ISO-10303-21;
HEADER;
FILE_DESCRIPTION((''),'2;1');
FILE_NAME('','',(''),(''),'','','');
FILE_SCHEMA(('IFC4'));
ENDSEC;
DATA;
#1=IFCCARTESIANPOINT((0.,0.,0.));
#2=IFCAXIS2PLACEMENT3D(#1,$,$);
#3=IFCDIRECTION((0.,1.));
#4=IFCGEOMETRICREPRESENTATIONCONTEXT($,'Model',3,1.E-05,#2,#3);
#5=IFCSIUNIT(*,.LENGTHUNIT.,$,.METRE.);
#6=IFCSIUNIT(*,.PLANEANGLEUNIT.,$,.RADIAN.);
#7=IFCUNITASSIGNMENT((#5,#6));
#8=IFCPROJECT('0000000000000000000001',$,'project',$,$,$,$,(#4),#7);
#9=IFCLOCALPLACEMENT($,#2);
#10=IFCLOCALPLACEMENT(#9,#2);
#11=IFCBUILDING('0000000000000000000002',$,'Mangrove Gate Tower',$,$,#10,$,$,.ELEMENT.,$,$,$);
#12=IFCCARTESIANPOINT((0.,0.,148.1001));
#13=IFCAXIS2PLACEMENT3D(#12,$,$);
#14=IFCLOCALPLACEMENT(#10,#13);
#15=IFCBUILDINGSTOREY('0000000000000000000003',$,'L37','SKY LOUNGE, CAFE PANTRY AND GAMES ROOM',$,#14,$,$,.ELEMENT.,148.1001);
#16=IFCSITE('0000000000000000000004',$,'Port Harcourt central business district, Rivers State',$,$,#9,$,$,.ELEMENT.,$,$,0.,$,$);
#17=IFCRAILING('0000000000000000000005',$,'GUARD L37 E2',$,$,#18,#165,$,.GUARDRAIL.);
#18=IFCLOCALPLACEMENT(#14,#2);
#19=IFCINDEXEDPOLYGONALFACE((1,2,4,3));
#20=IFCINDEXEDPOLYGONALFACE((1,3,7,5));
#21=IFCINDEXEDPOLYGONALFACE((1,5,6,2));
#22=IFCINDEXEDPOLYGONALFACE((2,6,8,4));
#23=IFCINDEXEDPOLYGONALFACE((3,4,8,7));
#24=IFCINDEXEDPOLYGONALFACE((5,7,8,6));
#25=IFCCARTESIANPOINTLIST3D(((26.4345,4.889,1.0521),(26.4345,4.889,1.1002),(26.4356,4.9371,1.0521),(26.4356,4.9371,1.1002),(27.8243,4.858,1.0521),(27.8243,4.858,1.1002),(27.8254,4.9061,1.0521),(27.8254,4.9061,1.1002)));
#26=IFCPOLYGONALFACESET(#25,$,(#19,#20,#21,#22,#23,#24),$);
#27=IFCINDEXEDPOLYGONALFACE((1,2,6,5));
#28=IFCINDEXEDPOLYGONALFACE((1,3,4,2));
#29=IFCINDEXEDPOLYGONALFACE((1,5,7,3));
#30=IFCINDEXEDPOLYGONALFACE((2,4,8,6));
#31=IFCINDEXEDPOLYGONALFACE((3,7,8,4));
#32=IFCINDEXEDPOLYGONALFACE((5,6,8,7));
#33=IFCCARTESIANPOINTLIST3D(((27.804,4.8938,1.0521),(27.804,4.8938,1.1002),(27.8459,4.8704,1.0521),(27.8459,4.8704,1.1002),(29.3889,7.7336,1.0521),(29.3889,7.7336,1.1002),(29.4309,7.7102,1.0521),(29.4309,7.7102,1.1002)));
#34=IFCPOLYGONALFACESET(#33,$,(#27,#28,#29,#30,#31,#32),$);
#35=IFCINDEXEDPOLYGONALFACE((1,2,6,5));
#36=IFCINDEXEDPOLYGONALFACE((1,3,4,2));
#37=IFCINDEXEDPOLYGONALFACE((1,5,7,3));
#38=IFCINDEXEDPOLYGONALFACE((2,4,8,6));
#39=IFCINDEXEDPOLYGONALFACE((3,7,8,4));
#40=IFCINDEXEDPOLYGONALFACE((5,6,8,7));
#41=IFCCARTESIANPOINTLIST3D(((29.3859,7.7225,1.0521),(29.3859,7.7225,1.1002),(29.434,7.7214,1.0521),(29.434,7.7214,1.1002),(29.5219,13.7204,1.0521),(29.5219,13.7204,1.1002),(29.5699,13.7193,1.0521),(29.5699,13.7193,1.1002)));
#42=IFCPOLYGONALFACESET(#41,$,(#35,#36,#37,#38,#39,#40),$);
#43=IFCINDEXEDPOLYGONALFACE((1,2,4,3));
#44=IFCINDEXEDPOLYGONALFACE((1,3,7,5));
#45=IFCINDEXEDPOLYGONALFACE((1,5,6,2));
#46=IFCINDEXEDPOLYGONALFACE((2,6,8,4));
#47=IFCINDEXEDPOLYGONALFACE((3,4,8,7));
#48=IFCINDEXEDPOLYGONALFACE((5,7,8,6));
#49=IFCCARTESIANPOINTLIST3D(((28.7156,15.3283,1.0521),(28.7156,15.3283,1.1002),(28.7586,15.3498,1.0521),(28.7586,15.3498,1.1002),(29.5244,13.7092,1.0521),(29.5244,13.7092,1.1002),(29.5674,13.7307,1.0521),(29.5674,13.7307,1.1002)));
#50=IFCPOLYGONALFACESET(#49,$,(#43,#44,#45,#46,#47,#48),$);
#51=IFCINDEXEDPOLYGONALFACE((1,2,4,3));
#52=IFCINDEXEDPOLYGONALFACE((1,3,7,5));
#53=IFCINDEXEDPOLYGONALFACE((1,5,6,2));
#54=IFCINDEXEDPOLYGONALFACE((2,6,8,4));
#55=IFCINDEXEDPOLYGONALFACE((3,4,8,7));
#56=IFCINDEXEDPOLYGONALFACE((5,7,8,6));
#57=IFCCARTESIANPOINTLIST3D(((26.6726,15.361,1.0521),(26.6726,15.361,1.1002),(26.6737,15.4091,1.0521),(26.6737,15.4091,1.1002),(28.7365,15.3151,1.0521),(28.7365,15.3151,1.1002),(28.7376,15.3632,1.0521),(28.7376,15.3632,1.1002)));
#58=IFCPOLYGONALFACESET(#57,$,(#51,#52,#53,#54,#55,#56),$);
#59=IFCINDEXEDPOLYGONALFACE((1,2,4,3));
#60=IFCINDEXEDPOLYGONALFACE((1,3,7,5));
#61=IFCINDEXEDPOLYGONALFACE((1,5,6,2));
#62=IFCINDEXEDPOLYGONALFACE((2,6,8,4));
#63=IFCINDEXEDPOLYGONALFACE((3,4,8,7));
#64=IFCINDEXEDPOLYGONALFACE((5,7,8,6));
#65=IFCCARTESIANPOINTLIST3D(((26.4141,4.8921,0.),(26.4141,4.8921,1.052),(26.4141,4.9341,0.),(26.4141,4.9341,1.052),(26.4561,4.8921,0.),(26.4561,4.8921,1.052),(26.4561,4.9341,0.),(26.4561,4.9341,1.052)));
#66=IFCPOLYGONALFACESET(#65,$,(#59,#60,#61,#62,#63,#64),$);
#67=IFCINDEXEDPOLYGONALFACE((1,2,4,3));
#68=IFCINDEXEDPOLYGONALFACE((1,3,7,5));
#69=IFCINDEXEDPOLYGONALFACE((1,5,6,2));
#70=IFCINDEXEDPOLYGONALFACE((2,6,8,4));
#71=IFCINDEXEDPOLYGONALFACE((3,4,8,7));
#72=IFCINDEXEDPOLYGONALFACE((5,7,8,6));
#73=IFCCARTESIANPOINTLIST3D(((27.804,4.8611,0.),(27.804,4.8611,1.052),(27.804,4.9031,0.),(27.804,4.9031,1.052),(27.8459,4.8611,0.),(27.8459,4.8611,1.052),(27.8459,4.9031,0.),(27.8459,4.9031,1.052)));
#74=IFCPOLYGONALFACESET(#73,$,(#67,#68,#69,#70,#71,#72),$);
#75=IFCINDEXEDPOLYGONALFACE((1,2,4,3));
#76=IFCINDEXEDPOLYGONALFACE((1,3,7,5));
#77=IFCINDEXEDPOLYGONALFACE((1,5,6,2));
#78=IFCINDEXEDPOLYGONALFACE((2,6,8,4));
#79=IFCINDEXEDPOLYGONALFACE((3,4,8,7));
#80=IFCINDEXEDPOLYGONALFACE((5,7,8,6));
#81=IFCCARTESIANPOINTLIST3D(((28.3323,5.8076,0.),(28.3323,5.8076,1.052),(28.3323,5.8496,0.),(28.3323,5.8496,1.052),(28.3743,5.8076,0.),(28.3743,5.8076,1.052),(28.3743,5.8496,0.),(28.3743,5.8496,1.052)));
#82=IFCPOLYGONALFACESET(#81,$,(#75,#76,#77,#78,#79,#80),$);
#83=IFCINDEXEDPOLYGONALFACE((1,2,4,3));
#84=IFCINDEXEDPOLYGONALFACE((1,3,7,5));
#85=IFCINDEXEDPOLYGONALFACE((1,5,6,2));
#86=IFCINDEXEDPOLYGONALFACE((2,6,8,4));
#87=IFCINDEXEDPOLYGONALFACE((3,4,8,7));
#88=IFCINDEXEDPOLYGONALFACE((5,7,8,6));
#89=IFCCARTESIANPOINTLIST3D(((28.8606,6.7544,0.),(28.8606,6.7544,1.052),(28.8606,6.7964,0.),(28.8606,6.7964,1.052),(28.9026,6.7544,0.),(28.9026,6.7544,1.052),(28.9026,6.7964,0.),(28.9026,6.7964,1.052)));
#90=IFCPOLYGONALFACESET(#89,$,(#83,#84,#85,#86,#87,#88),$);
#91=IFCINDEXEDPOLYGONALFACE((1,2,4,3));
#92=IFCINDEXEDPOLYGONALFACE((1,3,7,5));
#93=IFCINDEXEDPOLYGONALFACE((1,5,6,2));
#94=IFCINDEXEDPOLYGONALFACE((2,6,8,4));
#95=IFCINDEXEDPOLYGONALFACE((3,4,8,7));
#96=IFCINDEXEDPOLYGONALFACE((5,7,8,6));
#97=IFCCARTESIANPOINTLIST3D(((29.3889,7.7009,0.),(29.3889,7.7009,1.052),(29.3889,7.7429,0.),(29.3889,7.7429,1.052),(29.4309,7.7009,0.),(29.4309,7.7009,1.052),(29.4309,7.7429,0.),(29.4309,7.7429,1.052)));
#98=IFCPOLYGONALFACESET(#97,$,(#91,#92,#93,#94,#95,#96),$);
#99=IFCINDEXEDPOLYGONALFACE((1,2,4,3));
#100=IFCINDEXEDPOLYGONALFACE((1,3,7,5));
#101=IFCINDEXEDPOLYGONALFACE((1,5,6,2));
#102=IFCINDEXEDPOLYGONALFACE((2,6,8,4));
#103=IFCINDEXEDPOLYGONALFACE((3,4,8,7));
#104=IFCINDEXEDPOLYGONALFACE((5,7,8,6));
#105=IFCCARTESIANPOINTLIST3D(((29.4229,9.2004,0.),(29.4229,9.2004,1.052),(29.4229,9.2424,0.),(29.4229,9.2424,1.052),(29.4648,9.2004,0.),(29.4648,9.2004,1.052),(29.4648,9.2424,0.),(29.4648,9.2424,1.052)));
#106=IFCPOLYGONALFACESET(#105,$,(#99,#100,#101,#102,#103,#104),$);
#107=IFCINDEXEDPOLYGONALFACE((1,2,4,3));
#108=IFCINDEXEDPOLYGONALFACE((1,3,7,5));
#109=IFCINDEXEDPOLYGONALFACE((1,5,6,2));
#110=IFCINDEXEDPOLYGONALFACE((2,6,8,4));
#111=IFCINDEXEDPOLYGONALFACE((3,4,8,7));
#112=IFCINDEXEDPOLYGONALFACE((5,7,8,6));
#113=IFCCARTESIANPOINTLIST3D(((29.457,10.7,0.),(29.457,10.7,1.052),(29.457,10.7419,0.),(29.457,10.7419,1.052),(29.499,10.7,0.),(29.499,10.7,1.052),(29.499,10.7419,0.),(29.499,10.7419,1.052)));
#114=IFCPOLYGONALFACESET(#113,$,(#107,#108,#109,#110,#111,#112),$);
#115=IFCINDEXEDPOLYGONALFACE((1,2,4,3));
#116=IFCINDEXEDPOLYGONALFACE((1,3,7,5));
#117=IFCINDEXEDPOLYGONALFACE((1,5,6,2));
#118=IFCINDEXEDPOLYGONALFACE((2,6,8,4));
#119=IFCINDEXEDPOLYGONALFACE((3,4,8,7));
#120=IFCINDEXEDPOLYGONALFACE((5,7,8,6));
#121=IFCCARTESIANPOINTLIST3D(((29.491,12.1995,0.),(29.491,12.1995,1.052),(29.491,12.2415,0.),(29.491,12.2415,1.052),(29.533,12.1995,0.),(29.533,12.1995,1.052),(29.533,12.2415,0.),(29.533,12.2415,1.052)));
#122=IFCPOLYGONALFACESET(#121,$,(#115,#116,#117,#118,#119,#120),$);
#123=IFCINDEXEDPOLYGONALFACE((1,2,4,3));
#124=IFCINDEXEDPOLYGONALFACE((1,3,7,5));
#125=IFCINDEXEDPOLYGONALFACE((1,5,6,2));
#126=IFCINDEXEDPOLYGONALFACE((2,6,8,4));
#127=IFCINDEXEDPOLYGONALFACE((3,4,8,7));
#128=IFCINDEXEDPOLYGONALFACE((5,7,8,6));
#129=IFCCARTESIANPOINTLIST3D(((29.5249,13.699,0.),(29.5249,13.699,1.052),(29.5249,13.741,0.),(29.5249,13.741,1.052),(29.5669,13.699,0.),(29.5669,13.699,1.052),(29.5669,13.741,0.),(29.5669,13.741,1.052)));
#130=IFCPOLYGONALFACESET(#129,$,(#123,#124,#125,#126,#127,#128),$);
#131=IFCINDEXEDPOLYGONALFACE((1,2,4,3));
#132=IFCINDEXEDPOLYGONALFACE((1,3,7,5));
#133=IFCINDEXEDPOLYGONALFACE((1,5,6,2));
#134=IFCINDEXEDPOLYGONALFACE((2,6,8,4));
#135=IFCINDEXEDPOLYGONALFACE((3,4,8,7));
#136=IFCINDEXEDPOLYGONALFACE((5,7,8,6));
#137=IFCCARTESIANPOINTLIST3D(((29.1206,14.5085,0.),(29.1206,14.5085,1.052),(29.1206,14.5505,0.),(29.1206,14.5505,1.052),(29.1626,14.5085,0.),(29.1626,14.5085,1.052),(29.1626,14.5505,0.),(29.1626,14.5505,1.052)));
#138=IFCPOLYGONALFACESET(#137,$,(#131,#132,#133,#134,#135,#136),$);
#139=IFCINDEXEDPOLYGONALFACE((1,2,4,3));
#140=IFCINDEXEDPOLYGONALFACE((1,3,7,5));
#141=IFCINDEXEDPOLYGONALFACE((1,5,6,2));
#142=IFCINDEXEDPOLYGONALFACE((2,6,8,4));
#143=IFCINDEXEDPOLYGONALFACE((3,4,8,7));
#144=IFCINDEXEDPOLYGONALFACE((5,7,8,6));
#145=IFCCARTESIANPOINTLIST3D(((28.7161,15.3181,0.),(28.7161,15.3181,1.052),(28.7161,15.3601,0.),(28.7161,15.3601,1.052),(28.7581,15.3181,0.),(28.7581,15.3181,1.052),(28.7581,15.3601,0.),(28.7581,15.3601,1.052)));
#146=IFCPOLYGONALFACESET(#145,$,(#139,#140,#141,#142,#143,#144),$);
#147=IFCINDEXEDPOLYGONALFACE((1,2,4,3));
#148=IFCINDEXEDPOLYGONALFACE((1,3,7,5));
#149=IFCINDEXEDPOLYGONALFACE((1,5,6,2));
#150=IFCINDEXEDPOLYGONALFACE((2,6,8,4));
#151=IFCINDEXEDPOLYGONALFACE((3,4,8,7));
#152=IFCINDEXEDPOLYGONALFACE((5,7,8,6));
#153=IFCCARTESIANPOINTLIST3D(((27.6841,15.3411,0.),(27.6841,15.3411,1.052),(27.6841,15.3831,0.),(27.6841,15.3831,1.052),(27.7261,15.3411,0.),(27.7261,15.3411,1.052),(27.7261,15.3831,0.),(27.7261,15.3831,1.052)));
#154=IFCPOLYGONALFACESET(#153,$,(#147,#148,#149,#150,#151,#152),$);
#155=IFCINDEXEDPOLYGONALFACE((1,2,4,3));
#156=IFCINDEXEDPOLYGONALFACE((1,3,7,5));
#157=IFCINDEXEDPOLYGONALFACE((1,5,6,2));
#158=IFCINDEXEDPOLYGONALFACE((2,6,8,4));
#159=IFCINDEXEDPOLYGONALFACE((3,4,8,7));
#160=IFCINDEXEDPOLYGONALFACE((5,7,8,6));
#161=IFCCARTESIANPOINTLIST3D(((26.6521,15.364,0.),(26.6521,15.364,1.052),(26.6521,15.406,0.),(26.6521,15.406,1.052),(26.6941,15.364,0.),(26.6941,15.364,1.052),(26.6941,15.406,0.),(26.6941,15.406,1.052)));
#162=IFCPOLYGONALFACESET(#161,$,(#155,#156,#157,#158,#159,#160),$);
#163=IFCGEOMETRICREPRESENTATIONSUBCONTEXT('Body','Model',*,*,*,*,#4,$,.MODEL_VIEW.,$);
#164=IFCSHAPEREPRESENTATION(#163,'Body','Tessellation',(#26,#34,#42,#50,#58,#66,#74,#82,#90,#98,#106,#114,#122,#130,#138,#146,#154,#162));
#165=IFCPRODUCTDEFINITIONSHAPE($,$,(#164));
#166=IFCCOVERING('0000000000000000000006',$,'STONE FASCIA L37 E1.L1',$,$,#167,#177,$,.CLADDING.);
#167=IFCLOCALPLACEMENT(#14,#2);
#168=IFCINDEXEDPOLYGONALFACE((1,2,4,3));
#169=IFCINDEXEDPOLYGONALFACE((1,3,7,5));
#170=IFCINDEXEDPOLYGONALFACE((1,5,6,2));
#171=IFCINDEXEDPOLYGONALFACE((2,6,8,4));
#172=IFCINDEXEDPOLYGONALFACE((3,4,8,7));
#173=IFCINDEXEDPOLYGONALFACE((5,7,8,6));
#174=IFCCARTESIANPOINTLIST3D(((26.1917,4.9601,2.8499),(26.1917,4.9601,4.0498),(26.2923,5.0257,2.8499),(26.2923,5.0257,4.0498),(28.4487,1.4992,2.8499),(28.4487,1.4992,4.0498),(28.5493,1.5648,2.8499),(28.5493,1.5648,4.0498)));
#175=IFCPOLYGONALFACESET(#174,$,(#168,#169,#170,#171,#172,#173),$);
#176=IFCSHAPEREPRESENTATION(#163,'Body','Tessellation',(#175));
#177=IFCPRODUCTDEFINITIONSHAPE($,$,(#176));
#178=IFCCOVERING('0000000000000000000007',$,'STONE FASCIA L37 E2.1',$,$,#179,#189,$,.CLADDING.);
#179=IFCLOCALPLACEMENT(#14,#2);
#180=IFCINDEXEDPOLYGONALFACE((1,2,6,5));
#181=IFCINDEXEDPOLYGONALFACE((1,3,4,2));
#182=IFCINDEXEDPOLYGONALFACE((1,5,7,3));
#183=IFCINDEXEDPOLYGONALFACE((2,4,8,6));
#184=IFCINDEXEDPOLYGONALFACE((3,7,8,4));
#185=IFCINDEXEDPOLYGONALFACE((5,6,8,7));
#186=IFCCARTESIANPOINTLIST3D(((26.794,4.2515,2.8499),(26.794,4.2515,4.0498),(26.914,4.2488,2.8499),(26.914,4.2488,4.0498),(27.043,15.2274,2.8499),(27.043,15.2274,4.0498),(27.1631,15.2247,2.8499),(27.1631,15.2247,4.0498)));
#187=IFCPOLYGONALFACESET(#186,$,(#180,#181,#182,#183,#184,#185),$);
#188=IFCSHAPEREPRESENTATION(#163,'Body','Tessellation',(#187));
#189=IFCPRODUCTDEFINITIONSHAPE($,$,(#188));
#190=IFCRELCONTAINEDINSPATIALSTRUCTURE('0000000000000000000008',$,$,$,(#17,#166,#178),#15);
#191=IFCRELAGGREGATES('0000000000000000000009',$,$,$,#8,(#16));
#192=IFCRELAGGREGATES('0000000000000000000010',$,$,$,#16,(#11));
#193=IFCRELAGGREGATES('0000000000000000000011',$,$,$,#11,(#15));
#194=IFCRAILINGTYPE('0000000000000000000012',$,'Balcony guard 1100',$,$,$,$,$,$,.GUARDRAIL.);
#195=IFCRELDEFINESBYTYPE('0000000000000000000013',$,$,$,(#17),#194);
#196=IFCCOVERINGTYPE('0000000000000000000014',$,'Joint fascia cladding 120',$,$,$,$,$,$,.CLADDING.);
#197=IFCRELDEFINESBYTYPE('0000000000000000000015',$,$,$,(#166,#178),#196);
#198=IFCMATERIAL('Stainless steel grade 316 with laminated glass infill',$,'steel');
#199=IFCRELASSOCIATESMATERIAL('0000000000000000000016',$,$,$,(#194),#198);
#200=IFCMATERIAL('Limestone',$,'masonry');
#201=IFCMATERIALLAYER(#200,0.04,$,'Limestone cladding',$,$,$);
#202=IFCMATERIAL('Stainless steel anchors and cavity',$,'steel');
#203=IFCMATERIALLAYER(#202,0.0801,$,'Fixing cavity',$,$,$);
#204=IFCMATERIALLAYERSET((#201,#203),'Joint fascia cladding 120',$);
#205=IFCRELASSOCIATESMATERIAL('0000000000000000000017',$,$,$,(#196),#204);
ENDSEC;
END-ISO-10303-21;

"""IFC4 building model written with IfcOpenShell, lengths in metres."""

from ifc_helpers import new_model, si_unit, direction, frame, frame_2d, origin, origin_2d, place, context, subcontext, project, spatial, rectangle, extrude, material, layer, layer_set, type_object, element, save


model = new_model("IFC4")

# Units and contexts
model_context = context("Model", 3, precision=1e-05, world=origin(), true_north=direction((0.0, 1.0)))
body_context = subcontext(model_context, "Body", "Model", "MODEL_VIEW")
ifc_project = project(units=[si_unit("LENGTHUNIT", "METRE"), si_unit("PLANEANGLEUNIT", "RADIAN")], contexts=[model_context])

# Site, building, storey
site_placement = place(None, origin())
site = spatial("IfcSite", under=ifc_project, at=site_placement, Name="Port Harcourt central business district, Rivers State", CompositionType="ELEMENT", RefElevation=0.0)
building_placement = place(site_placement, origin())
building = spatial("IfcBuilding", under=site, at=building_placement, Name="Mangrove Gate Tower", CompositionType="ELEMENT")
storey_placement = place(building_placement, frame((0.0, 0.0, 148.1001)))
storey = spatial("IfcBuildingStorey", under=building, at=storey_placement, Name="L37", Description="SKY LOUNGE, CAFE PANTRY AND GAMES ROOM", CompositionType="ELEMENT", Elevation=148.1001)

# Shared definitions
ifc_material_1 = material(Name="Limestone", Category="masonry")

# Railing
ifc_material_2 = material(Name="Stainless steel grade 316 with laminated glass infill", Category="steel")
railing_type = type_object("IfcRailingType", Name="Balcony guard 1100", PredefinedType="GUARDRAIL", material=ifc_material_2)
railing_placement = place(storey_placement, frame((26.4351, 4.9131, 0.0)))
element("IfcRailing", 1, at=railing_placement, inside=storey, type_object=railing_type, Name="GUARD L37 E2", PredefinedType="GUARDRAIL", context=body_context, shape_type="SweptSolid", body=[
    extrude(rectangle(XDim=0.0481, YDim=0.0481, at=origin_2d()), frame((0.0, 0.0, 1.0762), z_axis=(0.999751, -0.022303, 0.0), x_axis=(0.022303, 0.999751, 0.0)), (0.0, 0.0, 1.0), 1.3901),
    extrude(rectangle(XDim=0.0481, YDim=0.0481, at=origin_2d()), frame((1.3899, -0.031, 1.0762), z_axis=(0.48735, 0.873207, 0.0), x_axis=(-0.873207, 0.48735, 0.0)), (0.0, 0.0, 1.0), 3.2522),
    extrude(rectangle(XDim=0.0481, YDim=0.0481, at=origin_2d()), frame((2.9749, 2.8088, 1.0762), z_axis=(0.022666, 0.999743, 0.0), x_axis=(-0.999743, 0.022666, 0.0)), (0.0, 0.0, 1.0), 5.9995),
    extrude(rectangle(XDim=0.0481, YDim=0.0481, at=origin_2d()), frame((3.1108, 8.8069, 1.0762), z_axis=(-0.44689, 0.894589, 0.0), x_axis=(-0.894589, -0.44689, 0.0)), (0.0, 0.0, 1.0), 1.8098),
    extrude(rectangle(XDim=0.0481, YDim=0.0481, at=origin_2d()), frame((2.302, 10.426, 1.0762), z_axis=(-0.999753, 0.022232, 0.0), x_axis=(-0.022232, -0.999753, 0.0)), (0.0, 0.0, 1.0), 2.0645),
    extrude(rectangle(XDim=0.042, YDim=0.042, at=origin_2d()), origin(), (0.0, 0.0, 1.0), 1.052),
    extrude(rectangle(XDim=0.042, YDim=0.042, at=origin_2d()), frame((1.3899, -0.031, 0.0)), (0.0, 0.0, 1.0), 1.052),
    extrude(rectangle(XDim=0.042, YDim=0.042, at=origin_2d()), frame((1.9182, 0.9155, 0.0)), (0.0, 0.0, 1.0), 1.052),
    extrude(rectangle(XDim=0.042, YDim=0.042, at=origin_2d()), frame((2.4465, 1.8623, 0.0)), (0.0, 0.0, 1.0), 1.052),
    extrude(rectangle(XDim=0.042, YDim=0.042, at=origin_2d()), frame((2.9749, 2.8088, 0.0)), (0.0, 0.0, 1.0), 1.052),
    extrude(rectangle(XDim=0.042, YDim=0.042, at=origin_2d()), frame((3.0088, 4.3083, 0.0)), (0.0, 0.0, 1.0), 1.052),
    extrude(rectangle(XDim=0.042, YDim=0.042, at=origin_2d()), frame((3.043, 5.8079, 0.0)), (0.0, 0.0, 1.0), 1.052),
    extrude(rectangle(XDim=0.042, YDim=0.042, at=origin_2d()), frame((3.0769, 7.3074, 0.0)), (0.0, 0.0, 1.0), 1.052),
    extrude(rectangle(XDim=0.042, YDim=0.042, at=origin_2d()), frame((3.1108, 8.8069, 0.0)), (0.0, 0.0, 1.0), 1.052),
    extrude(rectangle(XDim=0.042, YDim=0.042, at=origin_2d()), frame((2.7065, 9.6165, 0.0)), (0.0, 0.0, 1.0), 1.052),
    extrude(rectangle(XDim=0.042, YDim=0.042, at=origin_2d()), frame((2.302, 10.426, 0.0)), (0.0, 0.0, 1.0), 1.052),
    extrude(rectangle(XDim=0.042, YDim=0.042, at=origin_2d()), frame((1.27, 10.449, 0.0)), (0.0, 0.0, 1.0), 1.052),
    extrude(rectangle(XDim=0.042, YDim=0.042, at=origin_2d()), frame((0.238, 10.4719, 0.0)), (0.0, 0.0, 1.0), 1.052),
])

# Coverings
ifc_layer_1 = layer(ifc_material_1, 0.04, Name="Limestone cladding")
ifc_material_3 = material(Name="Stainless steel anchors and cavity", Category="steel")
ifc_layer_2 = layer(ifc_material_3, 0.0801, Name="Fixing cavity")
ifc_layer_set_1 = layer_set([ifc_layer_1, ifc_layer_2], Name="Joint fascia cladding 120")
covering_type = type_object("IfcCoveringType", Name="Joint fascia cladding 120", PredefinedType="CLADDING", material=ifc_layer_set_1)
covering_1_placement = place(storey_placement, frame((28.499, 1.532, 2.8499), z_axis=(0.0, 0.0, 1.0), x_axis=(-0.546259, 0.837616, 0.0)))
element("IfcCovering", 2, at=covering_1_placement, inside=storey, type_object=covering_type, Name="STONE FASCIA L37 E1.L1", PredefinedType="CLADDING", context=body_context, shape_type="SweptSolid", body=[
    extrude(rectangle(XDim=4.1318, YDim=0.1201, at=frame_2d((2.0659, 0.0))), origin(), (0.0, 0.0, 1.0), 1.2),
])
covering_2_placement = place(storey_placement, frame((26.854, 4.2502, 2.8499), z_axis=(0.0, 0.0, 1.0), x_axis=(0.022683, 0.999743, 0.0)))
element("IfcCovering", 3, at=covering_2_placement, inside=storey, type_object=covering_type, Name="STONE FASCIA L37 E2.1", PredefinedType="CLADDING", context=body_context, shape_type="SweptSolid", body=[
    extrude(rectangle(XDim=10.9788, YDim=0.1201, at=frame_2d((5.4893, 0.0))), origin(), (0.0, 0.0, 1.0), 1.2),
])

save(model, "model.ifc")
